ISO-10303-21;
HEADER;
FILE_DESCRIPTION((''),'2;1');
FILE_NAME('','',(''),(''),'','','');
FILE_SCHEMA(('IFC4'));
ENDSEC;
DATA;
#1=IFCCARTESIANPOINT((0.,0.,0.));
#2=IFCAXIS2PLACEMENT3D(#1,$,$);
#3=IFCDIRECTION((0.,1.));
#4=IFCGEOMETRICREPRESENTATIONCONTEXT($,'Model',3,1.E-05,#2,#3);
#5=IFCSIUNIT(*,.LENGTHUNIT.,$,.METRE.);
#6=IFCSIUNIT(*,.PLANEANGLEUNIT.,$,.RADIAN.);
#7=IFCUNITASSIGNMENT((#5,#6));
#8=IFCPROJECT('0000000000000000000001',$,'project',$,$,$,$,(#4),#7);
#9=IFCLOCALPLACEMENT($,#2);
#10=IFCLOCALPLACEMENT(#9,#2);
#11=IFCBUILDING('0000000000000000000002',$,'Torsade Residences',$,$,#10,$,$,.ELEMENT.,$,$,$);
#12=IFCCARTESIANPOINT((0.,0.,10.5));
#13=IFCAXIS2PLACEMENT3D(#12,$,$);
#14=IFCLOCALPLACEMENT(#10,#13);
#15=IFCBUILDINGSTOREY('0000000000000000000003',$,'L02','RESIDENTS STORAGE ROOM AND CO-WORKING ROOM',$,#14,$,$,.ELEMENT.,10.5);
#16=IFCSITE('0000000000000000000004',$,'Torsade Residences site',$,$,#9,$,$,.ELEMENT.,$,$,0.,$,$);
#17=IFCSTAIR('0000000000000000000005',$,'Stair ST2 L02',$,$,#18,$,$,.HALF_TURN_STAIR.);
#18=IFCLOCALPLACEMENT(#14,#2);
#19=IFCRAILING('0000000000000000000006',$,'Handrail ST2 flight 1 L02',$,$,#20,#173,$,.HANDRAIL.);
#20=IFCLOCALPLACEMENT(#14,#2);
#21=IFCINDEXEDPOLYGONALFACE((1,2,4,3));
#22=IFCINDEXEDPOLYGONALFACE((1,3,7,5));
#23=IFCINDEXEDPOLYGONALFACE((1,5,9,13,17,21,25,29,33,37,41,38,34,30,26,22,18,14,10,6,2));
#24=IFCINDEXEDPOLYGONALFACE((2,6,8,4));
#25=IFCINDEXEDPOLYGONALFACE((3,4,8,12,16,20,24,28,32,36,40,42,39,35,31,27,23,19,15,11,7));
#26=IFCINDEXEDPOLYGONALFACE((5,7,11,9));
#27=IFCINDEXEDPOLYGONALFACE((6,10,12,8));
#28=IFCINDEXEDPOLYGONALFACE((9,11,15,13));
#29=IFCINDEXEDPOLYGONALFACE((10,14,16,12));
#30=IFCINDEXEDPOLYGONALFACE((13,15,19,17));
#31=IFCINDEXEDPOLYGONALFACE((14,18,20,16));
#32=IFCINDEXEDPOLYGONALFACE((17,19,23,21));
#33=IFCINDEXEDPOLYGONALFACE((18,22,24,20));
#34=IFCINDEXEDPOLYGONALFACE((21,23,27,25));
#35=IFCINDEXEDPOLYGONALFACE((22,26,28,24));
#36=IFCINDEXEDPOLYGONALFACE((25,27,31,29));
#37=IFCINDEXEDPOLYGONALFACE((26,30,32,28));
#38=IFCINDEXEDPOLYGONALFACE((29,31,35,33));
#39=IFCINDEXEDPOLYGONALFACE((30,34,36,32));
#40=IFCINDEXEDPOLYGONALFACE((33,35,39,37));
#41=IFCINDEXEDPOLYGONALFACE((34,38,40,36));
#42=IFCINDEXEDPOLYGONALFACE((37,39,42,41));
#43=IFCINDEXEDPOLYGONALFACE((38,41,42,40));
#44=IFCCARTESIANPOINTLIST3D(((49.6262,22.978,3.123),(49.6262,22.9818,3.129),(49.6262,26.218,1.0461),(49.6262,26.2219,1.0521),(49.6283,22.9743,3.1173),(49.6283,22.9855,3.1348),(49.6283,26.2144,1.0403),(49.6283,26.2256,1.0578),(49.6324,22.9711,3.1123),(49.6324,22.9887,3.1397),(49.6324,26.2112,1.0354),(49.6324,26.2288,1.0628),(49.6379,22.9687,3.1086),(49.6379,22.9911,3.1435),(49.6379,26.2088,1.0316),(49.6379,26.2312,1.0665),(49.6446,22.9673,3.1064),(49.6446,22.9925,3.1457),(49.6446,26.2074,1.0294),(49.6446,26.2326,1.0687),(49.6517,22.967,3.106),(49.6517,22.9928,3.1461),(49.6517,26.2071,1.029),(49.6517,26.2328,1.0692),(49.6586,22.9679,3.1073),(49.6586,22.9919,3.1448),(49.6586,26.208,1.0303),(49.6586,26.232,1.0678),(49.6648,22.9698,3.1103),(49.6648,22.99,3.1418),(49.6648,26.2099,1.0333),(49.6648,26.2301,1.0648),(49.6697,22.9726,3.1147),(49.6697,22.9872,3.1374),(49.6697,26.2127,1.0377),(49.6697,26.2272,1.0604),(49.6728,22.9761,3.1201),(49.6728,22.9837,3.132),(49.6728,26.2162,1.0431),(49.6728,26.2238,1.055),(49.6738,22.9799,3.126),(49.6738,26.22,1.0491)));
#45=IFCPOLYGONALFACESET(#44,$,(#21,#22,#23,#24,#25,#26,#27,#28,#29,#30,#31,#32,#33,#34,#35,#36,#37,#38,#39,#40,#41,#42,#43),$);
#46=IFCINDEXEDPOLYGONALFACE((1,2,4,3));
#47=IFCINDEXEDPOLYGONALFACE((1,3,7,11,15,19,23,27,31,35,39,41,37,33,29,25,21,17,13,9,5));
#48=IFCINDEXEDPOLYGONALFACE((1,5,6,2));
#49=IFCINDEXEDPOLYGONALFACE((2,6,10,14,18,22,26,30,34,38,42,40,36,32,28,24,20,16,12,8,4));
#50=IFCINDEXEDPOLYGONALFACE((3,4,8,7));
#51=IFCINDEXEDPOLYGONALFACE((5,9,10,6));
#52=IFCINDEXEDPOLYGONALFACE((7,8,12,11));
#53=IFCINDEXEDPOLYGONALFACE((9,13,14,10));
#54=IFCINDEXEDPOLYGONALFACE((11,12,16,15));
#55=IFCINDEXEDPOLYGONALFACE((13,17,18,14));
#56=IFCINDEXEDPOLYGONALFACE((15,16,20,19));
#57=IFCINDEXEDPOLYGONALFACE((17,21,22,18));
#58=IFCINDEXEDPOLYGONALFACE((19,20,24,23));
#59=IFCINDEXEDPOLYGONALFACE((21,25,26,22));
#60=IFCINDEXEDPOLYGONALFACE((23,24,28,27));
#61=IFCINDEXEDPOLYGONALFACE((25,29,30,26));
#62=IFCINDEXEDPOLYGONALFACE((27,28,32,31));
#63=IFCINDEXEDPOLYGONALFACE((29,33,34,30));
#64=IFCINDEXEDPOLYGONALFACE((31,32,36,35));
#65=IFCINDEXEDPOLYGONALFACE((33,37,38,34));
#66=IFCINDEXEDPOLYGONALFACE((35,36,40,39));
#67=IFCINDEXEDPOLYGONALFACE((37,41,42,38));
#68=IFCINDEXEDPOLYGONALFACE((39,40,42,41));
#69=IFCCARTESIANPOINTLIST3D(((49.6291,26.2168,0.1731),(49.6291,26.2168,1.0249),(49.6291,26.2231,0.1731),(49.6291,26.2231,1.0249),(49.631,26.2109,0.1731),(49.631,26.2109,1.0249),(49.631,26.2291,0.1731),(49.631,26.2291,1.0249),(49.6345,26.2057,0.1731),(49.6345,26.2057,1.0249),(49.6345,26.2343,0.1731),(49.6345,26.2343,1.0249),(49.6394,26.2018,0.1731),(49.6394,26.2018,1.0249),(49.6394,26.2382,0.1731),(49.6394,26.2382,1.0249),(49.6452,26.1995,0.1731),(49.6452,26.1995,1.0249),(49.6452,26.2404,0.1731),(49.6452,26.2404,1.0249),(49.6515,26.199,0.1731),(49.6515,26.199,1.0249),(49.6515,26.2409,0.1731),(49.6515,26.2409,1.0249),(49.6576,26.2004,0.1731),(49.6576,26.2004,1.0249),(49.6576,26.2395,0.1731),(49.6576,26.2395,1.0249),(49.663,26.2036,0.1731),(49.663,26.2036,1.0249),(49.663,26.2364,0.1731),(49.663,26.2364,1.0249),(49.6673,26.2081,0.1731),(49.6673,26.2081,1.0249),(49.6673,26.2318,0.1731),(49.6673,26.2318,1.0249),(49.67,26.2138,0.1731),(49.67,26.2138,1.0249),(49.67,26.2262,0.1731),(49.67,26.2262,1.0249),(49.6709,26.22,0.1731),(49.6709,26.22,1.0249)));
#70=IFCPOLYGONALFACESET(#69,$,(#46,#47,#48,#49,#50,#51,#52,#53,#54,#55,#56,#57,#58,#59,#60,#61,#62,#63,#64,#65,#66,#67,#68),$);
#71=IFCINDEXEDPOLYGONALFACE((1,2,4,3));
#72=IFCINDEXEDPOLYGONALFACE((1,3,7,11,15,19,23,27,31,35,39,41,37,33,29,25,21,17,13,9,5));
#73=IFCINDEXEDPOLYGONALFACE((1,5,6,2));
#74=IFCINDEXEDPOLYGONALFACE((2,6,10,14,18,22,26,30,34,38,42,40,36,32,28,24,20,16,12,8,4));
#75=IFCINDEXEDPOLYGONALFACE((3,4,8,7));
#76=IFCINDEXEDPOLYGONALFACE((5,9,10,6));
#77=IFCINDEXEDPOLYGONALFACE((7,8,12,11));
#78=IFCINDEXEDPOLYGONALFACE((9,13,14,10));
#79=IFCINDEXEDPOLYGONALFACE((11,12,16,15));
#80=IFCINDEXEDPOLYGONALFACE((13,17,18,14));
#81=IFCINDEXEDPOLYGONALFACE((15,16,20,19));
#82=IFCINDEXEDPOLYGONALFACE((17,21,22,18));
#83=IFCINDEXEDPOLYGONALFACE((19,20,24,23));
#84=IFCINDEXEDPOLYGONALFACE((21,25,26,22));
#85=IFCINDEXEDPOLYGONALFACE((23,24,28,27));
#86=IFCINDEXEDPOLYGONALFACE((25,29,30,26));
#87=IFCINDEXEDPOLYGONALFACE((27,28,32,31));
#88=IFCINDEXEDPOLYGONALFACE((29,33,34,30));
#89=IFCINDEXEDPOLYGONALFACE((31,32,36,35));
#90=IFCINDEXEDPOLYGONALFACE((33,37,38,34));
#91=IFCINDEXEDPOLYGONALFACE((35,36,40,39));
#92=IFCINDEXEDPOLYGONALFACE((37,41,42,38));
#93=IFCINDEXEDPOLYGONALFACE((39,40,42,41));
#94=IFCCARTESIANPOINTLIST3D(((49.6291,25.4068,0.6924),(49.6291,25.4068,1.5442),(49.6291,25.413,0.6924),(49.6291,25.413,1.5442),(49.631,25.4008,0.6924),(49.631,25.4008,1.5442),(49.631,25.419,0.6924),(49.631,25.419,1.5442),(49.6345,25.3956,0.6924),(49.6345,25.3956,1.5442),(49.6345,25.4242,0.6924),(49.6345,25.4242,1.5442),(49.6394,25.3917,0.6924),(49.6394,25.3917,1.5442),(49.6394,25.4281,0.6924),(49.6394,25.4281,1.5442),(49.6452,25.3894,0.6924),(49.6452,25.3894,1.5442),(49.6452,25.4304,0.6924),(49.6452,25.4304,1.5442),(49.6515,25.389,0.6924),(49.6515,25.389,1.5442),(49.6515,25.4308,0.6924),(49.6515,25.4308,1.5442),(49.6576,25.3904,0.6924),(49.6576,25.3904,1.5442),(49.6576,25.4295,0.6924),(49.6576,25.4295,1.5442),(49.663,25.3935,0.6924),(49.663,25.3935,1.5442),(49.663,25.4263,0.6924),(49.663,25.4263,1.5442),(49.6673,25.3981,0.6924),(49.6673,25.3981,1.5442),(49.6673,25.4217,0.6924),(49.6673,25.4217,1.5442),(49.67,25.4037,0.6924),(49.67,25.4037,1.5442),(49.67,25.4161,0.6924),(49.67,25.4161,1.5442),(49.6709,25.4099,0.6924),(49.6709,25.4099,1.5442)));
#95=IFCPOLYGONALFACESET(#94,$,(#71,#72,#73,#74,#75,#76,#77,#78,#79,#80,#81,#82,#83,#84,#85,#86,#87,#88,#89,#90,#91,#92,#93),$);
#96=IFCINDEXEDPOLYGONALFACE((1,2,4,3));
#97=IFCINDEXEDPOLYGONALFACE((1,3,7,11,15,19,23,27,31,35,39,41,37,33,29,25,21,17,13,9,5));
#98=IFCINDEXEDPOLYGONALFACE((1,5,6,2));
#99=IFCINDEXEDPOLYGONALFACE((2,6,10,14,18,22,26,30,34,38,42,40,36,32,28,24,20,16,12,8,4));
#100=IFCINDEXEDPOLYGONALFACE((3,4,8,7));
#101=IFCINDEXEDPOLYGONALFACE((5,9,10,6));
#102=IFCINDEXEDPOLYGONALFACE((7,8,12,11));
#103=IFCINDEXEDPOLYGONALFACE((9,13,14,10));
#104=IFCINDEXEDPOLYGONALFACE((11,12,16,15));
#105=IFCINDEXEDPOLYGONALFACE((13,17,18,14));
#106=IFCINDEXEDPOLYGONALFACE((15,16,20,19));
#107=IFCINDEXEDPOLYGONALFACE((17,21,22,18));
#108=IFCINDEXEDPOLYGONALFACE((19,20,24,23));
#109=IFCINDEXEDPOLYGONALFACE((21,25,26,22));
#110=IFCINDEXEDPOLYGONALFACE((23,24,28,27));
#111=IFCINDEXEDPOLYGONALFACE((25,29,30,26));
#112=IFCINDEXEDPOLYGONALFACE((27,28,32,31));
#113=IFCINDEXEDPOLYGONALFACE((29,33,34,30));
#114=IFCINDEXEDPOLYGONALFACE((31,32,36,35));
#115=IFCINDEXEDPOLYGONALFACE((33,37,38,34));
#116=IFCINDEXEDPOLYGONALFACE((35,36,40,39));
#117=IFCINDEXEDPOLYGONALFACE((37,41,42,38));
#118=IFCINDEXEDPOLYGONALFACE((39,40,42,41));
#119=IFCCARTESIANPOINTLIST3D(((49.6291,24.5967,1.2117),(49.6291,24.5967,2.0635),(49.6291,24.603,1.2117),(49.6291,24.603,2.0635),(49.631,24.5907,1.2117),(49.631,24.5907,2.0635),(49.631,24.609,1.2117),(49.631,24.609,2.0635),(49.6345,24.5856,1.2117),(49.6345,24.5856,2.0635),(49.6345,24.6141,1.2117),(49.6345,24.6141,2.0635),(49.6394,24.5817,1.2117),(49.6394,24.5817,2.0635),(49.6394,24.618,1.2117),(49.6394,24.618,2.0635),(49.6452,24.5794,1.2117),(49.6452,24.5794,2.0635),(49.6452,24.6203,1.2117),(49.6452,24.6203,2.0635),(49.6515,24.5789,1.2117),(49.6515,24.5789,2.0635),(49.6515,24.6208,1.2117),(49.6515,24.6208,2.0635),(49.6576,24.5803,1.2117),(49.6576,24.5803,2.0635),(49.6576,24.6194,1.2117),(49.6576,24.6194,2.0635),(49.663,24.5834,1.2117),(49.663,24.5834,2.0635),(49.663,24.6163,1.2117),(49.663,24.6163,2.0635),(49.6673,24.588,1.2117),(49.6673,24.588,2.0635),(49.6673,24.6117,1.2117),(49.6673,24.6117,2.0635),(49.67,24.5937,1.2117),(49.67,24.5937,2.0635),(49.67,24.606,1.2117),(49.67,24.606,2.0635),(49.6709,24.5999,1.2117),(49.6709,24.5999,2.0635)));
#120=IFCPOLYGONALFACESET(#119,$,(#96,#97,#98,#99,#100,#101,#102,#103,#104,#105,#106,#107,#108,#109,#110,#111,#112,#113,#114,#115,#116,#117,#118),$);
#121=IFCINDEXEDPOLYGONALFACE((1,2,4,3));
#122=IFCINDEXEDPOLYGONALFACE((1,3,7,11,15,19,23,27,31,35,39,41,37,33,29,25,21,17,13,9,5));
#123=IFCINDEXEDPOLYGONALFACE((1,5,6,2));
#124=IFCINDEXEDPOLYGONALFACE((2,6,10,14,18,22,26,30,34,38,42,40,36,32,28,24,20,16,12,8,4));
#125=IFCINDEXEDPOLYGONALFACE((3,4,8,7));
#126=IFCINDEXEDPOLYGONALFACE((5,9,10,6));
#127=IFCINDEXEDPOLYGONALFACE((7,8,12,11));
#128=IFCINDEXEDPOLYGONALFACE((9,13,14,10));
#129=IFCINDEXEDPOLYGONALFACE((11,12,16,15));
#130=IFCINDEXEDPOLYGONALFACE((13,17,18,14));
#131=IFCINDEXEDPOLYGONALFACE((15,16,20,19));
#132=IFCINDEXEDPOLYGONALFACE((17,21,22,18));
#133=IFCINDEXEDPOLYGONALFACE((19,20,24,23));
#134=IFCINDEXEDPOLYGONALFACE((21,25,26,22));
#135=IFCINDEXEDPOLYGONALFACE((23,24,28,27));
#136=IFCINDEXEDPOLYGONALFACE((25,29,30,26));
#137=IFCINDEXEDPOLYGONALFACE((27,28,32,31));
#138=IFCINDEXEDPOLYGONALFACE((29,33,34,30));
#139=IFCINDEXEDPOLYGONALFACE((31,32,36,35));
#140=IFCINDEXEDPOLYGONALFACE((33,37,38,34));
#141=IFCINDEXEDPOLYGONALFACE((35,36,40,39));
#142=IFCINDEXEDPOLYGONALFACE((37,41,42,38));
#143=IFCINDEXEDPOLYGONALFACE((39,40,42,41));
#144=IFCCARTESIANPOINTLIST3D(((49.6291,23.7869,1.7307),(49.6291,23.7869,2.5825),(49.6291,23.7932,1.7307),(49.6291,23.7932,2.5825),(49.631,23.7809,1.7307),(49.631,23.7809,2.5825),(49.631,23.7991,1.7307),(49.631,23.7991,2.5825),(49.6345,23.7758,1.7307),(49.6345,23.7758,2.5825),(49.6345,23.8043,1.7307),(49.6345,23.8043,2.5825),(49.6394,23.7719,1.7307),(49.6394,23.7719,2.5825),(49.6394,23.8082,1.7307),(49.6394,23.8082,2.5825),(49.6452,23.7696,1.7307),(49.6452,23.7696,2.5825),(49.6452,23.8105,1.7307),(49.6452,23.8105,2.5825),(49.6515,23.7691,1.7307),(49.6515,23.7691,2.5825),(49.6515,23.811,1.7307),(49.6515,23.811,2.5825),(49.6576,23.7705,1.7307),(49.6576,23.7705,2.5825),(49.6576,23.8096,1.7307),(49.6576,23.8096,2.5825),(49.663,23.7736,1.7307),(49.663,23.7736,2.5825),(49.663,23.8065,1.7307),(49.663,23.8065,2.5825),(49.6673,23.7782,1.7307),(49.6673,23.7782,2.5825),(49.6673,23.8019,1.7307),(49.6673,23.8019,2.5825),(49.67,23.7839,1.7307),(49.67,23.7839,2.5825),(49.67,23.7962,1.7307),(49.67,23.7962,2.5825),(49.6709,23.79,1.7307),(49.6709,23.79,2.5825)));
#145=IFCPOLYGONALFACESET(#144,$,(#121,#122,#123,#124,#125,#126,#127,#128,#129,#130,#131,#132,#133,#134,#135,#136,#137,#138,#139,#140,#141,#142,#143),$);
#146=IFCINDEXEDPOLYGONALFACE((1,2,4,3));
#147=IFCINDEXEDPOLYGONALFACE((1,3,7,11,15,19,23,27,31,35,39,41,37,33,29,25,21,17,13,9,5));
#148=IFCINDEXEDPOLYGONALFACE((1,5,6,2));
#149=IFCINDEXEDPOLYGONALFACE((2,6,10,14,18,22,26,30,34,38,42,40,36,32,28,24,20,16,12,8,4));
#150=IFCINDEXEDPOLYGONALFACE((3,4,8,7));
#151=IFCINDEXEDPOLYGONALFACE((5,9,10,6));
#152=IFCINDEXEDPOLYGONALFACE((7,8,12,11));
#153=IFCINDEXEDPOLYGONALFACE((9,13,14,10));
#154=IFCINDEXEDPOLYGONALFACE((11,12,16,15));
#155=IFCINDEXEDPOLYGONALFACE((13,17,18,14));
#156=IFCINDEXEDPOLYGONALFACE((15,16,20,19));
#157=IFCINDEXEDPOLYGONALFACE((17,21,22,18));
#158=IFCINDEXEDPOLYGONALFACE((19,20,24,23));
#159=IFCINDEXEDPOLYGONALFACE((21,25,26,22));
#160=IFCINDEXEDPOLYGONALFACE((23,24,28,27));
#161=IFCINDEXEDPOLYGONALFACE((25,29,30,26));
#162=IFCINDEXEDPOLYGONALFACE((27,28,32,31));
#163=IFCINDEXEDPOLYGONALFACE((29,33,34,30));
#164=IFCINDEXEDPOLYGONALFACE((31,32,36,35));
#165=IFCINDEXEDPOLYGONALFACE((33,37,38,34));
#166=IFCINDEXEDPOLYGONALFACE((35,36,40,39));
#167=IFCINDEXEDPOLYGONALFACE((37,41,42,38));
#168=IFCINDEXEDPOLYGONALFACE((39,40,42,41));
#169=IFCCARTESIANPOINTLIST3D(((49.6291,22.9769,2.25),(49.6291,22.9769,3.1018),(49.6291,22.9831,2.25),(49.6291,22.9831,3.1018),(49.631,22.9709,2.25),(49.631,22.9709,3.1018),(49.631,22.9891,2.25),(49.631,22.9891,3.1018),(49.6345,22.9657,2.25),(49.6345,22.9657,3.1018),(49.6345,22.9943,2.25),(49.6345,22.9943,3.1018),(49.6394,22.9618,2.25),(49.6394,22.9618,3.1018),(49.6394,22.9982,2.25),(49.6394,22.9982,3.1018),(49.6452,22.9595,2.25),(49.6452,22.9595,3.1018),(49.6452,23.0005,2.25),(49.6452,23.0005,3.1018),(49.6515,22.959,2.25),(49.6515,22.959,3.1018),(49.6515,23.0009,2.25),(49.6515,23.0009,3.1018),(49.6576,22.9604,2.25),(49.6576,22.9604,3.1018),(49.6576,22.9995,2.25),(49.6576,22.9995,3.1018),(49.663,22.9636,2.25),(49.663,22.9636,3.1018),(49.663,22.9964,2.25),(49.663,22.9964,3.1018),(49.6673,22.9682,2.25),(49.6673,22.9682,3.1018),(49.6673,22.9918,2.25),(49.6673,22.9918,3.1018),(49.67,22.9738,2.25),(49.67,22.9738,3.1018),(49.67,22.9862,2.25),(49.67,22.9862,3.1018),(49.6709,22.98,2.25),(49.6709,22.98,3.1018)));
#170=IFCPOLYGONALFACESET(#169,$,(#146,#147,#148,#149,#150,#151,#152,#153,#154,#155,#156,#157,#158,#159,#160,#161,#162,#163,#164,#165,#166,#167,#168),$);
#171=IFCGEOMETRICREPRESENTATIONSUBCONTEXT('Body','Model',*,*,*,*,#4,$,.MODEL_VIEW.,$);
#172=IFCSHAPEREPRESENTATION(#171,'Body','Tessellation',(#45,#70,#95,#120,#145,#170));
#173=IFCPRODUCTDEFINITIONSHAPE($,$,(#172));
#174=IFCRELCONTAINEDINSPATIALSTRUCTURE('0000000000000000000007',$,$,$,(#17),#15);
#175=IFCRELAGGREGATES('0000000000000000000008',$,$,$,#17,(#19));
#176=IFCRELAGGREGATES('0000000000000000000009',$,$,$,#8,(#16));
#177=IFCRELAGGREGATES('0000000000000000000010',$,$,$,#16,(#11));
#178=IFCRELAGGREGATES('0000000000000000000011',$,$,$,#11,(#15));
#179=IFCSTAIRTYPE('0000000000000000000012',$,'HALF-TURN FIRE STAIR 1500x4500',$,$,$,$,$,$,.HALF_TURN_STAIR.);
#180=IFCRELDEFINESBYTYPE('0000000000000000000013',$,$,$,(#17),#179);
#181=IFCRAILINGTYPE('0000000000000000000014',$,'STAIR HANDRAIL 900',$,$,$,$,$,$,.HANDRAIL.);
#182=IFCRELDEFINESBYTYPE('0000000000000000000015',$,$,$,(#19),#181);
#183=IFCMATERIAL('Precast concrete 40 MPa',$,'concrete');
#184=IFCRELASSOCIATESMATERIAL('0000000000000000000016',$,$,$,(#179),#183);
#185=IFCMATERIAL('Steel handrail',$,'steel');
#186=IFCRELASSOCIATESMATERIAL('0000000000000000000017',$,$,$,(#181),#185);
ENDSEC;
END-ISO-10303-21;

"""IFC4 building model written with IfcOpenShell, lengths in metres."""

from ifc_helpers import new_model, si_unit, direction, frame, origin, origin_2d, place, context, subcontext, project, spatial, circle, extrude, material, type_object, element, aggregate, save


model = new_model("IFC4")

# Units and contexts
model_context = context("Model", 3, precision=1e-05, world=origin(), true_north=direction((0.0, 1.0)))
body_context = subcontext(model_context, "Body", "Model", "MODEL_VIEW")
ifc_project = project(units=[si_unit("LENGTHUNIT", "METRE"), si_unit("PLANEANGLEUNIT", "RADIAN")], contexts=[model_context])

# Site, building, storey
site_placement = place(None, origin())
site = spatial("IfcSite", under=ifc_project, at=site_placement, Name="Torsade Residences site", CompositionType="ELEMENT", RefElevation=0.0)
building_placement = place(site_placement, origin())
building = spatial("IfcBuilding", under=site, at=building_placement, Name="Torsade Residences", CompositionType="ELEMENT")
storey_placement = place(building_placement, frame((0.0, 0.0, 10.5)))
storey = spatial("IfcBuildingStorey", under=building, at=storey_placement, Name="L02", Description="RESIDENTS STORAGE ROOM AND CO-WORKING ROOM", CompositionType="ELEMENT", Elevation=10.5)

# Stair, railing
ifc_material_1 = material(Name="Precast concrete 40 MPa", Category="concrete")
stair_type = type_object("IfcStairType", Name="HALF-TURN FIRE STAIR 1500x4500", PredefinedType="HALF_TURN_STAIR", material=ifc_material_1)
stair_placement = place(storey_placement, origin())
stair = element("IfcStair", 1, at=stair_placement, inside=storey, type_object=stair_type, Name="Stair ST2 L02", PredefinedType="HALF_TURN_STAIR")
ifc_material_2 = material(Name="Steel handrail", Category="steel")
railing_type = type_object("IfcRailingType", Name="STAIR HANDRAIL 900", PredefinedType="HANDRAIL", material=ifc_material_2)
railing_placement = place(storey_placement, frame((49.6499, 26.22, 0.1731)))
railing = element("IfcRailing", 2, at=railing_placement, type_object=railing_type, Name="Handrail ST2 flight 1 L02", PredefinedType="HANDRAIL", context=body_context, shape_type="SweptSolid", body=[
    extrude(circle(Radius=0.0239, at=origin_2d()), frame((0.0, 0.0, 0.876), z_axis=(0.0, -0.841881, 0.539664), x_axis=(1.0, 0.0, 0.0)), (0.0, 0.0, 1.0), 3.8486),
    extrude(circle(Radius=0.021, at=origin_2d()), origin(), (0.0, 0.0, 1.0), 0.8518),
    extrude(circle(Radius=0.021, at=origin_2d()), frame((0.0, -0.8101, 0.5193)), (0.0, 0.0, 1.0), 0.8518),
    extrude(circle(Radius=0.021, at=origin_2d()), frame((0.0, -1.6201, 1.0386)), (0.0, 0.0, 1.0), 0.8518),
    extrude(circle(Radius=0.021, at=origin_2d()), frame((0.0, -2.4299, 1.5576)), (0.0, 0.0, 1.0), 0.8518),
    extrude(circle(Radius=0.021, at=origin_2d()), frame((0.0, -3.24, 2.0769)), (0.0, 0.0, 1.0), 0.8518),
])
aggregate(stair, [railing])

save(model, "model.ifc")
